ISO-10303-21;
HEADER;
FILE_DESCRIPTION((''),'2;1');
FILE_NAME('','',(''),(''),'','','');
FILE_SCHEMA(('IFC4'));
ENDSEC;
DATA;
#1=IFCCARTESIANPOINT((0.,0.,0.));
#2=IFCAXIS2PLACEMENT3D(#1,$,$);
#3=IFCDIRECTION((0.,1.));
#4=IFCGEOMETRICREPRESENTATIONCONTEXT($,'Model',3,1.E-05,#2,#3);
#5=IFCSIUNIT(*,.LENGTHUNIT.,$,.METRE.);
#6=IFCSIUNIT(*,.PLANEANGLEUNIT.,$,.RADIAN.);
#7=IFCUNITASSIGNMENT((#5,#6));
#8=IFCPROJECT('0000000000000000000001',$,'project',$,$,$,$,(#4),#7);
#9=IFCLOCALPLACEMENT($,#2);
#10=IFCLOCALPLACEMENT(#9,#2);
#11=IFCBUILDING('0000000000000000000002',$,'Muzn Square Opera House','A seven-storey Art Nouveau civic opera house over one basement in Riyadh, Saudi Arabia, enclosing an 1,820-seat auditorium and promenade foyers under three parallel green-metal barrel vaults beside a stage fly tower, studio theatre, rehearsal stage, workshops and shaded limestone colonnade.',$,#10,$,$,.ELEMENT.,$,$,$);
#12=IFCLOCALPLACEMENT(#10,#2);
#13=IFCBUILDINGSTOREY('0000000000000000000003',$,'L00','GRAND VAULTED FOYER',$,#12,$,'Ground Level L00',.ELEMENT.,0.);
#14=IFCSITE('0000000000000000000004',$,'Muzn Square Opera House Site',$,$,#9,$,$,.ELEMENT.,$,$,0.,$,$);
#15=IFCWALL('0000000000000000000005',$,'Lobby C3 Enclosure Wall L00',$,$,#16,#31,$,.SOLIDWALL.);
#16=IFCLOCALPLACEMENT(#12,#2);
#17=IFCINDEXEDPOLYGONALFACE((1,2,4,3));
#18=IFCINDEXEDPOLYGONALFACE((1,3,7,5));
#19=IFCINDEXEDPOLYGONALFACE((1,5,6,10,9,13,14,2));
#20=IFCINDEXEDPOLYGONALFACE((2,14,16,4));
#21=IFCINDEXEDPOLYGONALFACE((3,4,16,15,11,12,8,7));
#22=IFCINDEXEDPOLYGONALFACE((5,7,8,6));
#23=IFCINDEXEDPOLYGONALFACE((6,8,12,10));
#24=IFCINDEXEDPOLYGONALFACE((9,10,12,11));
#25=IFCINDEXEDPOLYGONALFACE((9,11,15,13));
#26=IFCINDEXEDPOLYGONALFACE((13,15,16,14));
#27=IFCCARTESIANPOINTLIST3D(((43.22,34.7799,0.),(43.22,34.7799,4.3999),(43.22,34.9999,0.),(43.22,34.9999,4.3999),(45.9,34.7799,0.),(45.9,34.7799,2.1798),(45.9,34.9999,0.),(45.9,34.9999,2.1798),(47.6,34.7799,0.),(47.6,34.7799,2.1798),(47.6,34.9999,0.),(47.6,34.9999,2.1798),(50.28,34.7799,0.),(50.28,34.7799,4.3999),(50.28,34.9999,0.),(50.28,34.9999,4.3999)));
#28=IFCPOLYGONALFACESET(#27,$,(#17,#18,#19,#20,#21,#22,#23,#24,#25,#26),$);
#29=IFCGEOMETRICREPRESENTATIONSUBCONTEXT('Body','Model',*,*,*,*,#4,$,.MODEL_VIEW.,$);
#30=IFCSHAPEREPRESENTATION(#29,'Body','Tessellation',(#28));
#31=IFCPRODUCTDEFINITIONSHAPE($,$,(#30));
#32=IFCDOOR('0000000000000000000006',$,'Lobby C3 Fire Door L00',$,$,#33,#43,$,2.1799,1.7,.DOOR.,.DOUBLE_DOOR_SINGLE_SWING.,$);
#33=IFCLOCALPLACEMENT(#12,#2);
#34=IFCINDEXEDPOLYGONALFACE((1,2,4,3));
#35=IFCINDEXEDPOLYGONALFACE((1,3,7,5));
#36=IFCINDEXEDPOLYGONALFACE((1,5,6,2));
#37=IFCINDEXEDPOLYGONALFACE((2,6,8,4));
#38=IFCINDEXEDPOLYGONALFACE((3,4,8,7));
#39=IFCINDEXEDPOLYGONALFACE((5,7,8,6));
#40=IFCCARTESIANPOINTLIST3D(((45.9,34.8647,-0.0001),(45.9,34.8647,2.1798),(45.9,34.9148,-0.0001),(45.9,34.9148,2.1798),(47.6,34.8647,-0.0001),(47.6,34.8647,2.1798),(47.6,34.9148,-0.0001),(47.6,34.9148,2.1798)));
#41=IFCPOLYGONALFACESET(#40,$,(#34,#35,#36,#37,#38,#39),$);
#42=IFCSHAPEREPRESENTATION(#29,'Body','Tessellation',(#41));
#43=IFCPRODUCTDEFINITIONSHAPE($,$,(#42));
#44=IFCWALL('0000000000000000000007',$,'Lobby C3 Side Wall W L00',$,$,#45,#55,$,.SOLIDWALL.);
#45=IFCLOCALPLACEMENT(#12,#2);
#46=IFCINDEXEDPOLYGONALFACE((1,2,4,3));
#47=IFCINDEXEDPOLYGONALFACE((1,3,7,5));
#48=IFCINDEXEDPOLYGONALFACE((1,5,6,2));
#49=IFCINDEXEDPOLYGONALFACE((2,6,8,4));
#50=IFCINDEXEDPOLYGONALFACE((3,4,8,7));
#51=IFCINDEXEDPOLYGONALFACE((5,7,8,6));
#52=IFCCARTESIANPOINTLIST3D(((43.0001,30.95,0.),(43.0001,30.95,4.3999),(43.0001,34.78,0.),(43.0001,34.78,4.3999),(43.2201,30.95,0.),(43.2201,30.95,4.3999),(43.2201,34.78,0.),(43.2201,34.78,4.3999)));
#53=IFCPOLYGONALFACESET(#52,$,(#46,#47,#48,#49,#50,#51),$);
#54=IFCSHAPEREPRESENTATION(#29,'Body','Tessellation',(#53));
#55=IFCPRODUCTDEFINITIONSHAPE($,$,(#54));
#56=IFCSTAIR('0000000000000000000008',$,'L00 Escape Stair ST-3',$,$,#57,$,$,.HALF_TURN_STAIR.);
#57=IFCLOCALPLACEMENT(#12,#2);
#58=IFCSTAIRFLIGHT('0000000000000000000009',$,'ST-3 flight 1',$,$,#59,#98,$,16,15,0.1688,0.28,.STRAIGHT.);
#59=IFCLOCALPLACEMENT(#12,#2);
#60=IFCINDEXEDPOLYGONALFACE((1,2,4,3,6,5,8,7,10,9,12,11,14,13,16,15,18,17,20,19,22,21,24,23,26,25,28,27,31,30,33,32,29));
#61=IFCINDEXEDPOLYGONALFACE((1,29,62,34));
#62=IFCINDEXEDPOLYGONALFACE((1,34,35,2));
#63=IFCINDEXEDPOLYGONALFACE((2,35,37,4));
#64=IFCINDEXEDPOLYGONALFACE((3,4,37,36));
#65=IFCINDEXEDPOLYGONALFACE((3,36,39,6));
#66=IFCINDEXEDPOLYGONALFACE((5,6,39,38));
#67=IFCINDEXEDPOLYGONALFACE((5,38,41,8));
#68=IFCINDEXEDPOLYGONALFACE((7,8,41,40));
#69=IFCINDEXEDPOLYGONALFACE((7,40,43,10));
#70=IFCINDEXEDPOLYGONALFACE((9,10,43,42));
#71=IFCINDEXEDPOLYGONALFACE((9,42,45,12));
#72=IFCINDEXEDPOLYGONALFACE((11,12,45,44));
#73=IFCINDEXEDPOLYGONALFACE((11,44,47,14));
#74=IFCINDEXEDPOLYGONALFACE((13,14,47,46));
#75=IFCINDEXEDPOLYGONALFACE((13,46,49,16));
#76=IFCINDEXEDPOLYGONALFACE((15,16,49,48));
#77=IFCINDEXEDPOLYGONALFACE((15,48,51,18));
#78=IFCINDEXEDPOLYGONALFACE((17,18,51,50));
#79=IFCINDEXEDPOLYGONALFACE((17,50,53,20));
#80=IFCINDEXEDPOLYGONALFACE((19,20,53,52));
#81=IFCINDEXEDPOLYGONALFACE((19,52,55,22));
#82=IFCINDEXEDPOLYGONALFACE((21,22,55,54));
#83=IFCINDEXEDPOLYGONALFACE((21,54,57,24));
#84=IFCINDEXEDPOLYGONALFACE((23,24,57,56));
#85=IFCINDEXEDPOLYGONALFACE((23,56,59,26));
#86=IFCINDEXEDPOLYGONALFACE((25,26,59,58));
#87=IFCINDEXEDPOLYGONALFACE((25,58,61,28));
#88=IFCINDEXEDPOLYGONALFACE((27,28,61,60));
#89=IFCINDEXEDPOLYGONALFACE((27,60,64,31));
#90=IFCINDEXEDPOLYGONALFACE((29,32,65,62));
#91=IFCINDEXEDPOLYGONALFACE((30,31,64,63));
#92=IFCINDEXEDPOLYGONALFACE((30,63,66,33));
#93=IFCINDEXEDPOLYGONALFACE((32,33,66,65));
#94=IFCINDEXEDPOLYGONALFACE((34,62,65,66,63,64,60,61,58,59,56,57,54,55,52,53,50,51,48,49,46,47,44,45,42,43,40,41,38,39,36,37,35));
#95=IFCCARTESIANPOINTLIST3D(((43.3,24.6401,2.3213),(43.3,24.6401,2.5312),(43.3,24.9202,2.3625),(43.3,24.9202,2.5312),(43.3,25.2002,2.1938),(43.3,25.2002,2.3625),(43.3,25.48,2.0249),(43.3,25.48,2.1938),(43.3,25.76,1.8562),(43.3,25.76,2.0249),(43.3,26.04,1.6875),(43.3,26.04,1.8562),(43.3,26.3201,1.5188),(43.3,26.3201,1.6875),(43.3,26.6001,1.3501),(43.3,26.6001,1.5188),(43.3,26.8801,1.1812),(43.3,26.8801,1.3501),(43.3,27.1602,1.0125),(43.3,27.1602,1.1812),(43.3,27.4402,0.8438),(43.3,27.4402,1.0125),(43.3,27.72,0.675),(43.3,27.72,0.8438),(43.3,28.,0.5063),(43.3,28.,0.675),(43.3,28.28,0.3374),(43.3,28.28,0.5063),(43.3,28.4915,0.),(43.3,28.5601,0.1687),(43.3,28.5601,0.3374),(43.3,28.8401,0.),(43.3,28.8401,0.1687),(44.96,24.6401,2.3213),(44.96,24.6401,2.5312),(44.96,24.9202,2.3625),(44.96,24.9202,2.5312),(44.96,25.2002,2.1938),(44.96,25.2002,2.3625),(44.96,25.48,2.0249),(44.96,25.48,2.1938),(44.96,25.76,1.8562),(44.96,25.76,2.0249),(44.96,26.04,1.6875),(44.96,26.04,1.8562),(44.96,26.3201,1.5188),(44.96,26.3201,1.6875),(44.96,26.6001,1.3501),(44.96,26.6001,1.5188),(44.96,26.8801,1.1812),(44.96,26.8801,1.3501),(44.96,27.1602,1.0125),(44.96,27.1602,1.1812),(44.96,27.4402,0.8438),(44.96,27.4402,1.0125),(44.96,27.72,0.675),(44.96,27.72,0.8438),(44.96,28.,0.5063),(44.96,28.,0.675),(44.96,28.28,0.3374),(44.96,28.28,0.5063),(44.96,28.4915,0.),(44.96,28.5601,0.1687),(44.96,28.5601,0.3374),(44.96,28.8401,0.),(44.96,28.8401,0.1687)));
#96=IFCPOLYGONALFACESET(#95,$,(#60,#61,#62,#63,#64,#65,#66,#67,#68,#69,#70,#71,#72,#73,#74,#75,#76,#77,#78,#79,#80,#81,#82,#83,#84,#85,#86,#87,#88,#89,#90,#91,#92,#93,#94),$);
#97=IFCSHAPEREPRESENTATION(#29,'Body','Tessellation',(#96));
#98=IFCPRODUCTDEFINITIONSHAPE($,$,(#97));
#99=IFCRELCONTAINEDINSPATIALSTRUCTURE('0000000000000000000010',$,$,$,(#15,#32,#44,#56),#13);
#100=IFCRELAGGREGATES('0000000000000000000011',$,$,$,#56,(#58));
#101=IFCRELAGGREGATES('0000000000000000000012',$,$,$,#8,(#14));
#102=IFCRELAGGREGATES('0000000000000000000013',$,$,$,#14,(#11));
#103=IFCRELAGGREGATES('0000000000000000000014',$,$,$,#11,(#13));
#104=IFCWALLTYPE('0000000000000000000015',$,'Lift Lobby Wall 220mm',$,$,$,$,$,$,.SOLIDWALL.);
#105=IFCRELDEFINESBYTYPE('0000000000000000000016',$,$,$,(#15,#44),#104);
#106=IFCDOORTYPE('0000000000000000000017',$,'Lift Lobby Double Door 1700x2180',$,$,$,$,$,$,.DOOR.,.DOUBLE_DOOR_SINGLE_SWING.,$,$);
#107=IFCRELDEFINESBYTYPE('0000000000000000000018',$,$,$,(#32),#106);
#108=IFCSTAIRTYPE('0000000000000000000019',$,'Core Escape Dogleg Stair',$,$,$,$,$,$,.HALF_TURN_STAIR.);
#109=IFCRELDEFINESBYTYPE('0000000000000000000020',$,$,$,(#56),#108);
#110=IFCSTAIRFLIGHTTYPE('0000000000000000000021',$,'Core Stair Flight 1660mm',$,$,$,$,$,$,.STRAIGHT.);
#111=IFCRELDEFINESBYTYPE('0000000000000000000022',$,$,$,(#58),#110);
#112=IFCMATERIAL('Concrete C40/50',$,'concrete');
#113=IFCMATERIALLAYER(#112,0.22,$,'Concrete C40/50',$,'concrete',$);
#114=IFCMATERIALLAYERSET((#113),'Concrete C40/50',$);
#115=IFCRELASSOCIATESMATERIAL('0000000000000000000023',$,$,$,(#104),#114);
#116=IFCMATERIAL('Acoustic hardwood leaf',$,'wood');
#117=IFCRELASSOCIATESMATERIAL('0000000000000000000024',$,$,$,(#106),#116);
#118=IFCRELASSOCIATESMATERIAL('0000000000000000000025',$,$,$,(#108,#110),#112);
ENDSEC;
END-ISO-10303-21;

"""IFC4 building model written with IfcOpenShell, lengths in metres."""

from ifc_helpers import new_model, si_unit, direction, frame, frame_2d, origin, place, context, subcontext, project, spatial, polyline, rectangle, outline, extrude, material, layer, layer_set, type_object, element, fill, aggregate, save


model = new_model("IFC4")

# Units and contexts
model_context = context("Model", 3, precision=1e-05, world=origin(), true_north=direction((0.0, 1.0)))
body_context = subcontext(model_context, "Body", "Model", "MODEL_VIEW")
ifc_project = project(units=[si_unit("LENGTHUNIT", "METRE"), si_unit("PLANEANGLEUNIT", "RADIAN")], contexts=[model_context])

# Site, building, storey
site_placement = place(None, origin())
site = spatial("IfcSite", under=ifc_project, at=site_placement, Name="Muzn Square Opera House Site", CompositionType="ELEMENT", RefElevation=0.0)
building_placement = place(site_placement, origin())
building = spatial("IfcBuilding", under=site, at=building_placement, Name="Muzn Square Opera House", Description="A seven-storey Art Nouveau civic opera house over one basement in Riyadh, Saudi Arabia, enclosing an 1,820-seat auditorium and promenade foyers under three parallel green-metal barrel vaults beside a stage fly tower, studio theatre, rehearsal stage, workshops and shaded limestone colonnade.", CompositionType="ELEMENT")
storey_placement = place(building_placement, origin())
storey = spatial("IfcBuildingStorey", under=building, at=storey_placement, Name="L00", Description="GRAND VAULTED FOYER", LongName="Ground Level L00", CompositionType="ELEMENT", Elevation=0.0)

# Shared definitions
ifc_material_1 = material(Name="Concrete C40/50", Category="concrete")

# Wall, opening, door
ifc_layer_1 = layer(ifc_material_1, 0.22, Name="Concrete C40/50", Category="concrete")
ifc_layer_set_1 = layer_set([ifc_layer_1], Name="Concrete C40/50")
wall_type = type_object("IfcWallType", Name="Lift Lobby Wall 220mm", PredefinedType="SOLIDWALL", material=ifc_layer_set_1)
wall_1_placement = place(storey_placement, frame((43.22, 34.8899, 0.0), z_axis=(0.0, 0.0, 1.0), x_axis=(1.0, 0.0, 0.0)))
wall_1 = element("IfcWall", 1, at=wall_1_placement, inside=storey, type_object=wall_type, Name="Lobby C3 Enclosure Wall L00", PredefinedType="SOLIDWALL", context=body_context, shape_type="SweptSolid", body=[
    extrude(rectangle(XDim=7.0601, YDim=0.22, at=frame_2d((3.53, 0.0))), origin(), (0.0, 0.0, 1.0), 4.3999),
])
opening_1_placement = place(wall_1_placement, frame((2.6799, 0.0, 0.0)))
opening_1 = element("IfcOpeningElement", 2, at=opening_1_placement, cuts=wall_1, PredefinedType="OPENING", context=body_context, shape_type="SweptSolid", body=[
    extrude(rectangle(XDim=1.7, YDim=2.1799, at=frame_2d((0.8501, 1.0898))), frame((0.0, 0.1199, 0.0), z_axis=(0.0, -1.0, 0.0), x_axis=(1.0, 0.0, 0.0)), (0.0, 0.0, 1.0), 0.24),
])
ifc_material_2 = material(Name="Acoustic hardwood leaf", Category="wood")
door_type_1 = type_object("IfcDoorType", Name="Lift Lobby Double Door 1700x2180", OperationType="DOUBLE_DOOR_SINGLE_SWING", PredefinedType="DOOR", material=ifc_material_2)
door_1_placement = place(opening_1_placement, origin())
door_1 = element("IfcDoor", 3, at=door_1_placement, inside=storey, type_object=door_type_1, Name="Lobby C3 Fire Door L00", OperationType="DOUBLE_DOOR_SINGLE_SWING", OverallHeight=2.1799, OverallWidth=1.7, PredefinedType="DOOR", context=body_context, shape_type="SweptSolid", body=[
    extrude(rectangle(XDim=1.7, YDim=2.1799, at=frame_2d((0.8501, 1.0898))), frame((0.0, 0.0249, 0.0), z_axis=(0.0, -1.0, 0.0), x_axis=(1.0, 0.0, 0.0)), (0.0, 0.0, 1.0), 0.05),
])
fill(opening_1, door_1)

# Wall
wall_2_placement = place(storey_placement, frame((43.1101, 30.95, 0.0), z_axis=(0.0, 0.0, 1.0), x_axis=(0.0, 1.0, 0.0)))
element("IfcWall", 4, at=wall_2_placement, inside=storey, type_object=wall_type, Name="Lobby C3 Side Wall W L00", PredefinedType="SOLIDWALL", context=body_context, shape_type="SweptSolid", body=[
    extrude(rectangle(XDim=3.8301, YDim=0.22, at=frame_2d((1.915, 0.0))), origin(), (0.0, 0.0, 1.0), 4.3999),
])

# Stair, stair flight
stair_type = type_object("IfcStairType", Name="Core Escape Dogleg Stair", PredefinedType="HALF_TURN_STAIR", material=ifc_material_1)
stair_placement = place(storey_placement, origin())
stair = element("IfcStair", 5, at=stair_placement, inside=storey, type_object=stair_type, Name="L00 Escape Stair ST-3", PredefinedType="HALF_TURN_STAIR")
stair_flight_type = type_object("IfcStairFlightType", Name="Core Stair Flight 1660mm", PredefinedType="STRAIGHT", material=ifc_material_1)
stair_flight_placement = place(storey_placement, frame((44.1299, 28.8401, 0.0), z_axis=(0.0, 0.0, 1.0), x_axis=(0.0, -1.0, 0.0)))
stair_flight = element("IfcStairFlight", 6, at=stair_flight_placement, type_object=stair_flight_type, Name="ST-3 flight 1", NumberOfRisers=16, NumberOfTreads=15, PredefinedType="STRAIGHT", RiserHeight=0.1688, TreadLength=0.28, context=body_context, shape_type="SweptSolid", body=[
    extrude(outline(polyline([(0.0, 0.0), (0.0, 0.1687), (0.28, 0.1687), (0.28, 0.3374), (0.5601, 0.3374), (0.5601, 0.5063), (0.8401, 0.5063), (0.8401, 0.675), (1.1201, 0.675), (1.1201, 0.8438), (1.3999, 0.8438), (1.3999, 1.0125), (1.6799, 1.0125), (1.6799, 1.1812), (1.96, 1.1812), (1.96, 1.3501), (2.24, 1.3501), (2.24, 1.5188), (2.52, 1.5188), (2.52, 1.6875), (2.8, 1.6875), (2.8, 1.8562), (3.0801, 1.8562), (3.0801, 2.0249), (3.3601, 2.0249), (3.3601, 2.1938), (3.6399, 2.1938), (3.6399, 2.3625), (3.9199, 2.3625), (3.9199, 2.5312), (4.2, 2.5312), (4.2, 2.7), (4.2, 2.3213), (0.3486, 0.0), (0.0, 0.0)])), frame((0.0, 0.8301, 0.0), z_axis=(0.0, -1.0, 0.0), x_axis=(1.0, 0.0, 0.0)), (0.0, 0.0, 1.0), 1.6599),
])
aggregate(stair, [stair_flight])

save(model, "model.ifc")
